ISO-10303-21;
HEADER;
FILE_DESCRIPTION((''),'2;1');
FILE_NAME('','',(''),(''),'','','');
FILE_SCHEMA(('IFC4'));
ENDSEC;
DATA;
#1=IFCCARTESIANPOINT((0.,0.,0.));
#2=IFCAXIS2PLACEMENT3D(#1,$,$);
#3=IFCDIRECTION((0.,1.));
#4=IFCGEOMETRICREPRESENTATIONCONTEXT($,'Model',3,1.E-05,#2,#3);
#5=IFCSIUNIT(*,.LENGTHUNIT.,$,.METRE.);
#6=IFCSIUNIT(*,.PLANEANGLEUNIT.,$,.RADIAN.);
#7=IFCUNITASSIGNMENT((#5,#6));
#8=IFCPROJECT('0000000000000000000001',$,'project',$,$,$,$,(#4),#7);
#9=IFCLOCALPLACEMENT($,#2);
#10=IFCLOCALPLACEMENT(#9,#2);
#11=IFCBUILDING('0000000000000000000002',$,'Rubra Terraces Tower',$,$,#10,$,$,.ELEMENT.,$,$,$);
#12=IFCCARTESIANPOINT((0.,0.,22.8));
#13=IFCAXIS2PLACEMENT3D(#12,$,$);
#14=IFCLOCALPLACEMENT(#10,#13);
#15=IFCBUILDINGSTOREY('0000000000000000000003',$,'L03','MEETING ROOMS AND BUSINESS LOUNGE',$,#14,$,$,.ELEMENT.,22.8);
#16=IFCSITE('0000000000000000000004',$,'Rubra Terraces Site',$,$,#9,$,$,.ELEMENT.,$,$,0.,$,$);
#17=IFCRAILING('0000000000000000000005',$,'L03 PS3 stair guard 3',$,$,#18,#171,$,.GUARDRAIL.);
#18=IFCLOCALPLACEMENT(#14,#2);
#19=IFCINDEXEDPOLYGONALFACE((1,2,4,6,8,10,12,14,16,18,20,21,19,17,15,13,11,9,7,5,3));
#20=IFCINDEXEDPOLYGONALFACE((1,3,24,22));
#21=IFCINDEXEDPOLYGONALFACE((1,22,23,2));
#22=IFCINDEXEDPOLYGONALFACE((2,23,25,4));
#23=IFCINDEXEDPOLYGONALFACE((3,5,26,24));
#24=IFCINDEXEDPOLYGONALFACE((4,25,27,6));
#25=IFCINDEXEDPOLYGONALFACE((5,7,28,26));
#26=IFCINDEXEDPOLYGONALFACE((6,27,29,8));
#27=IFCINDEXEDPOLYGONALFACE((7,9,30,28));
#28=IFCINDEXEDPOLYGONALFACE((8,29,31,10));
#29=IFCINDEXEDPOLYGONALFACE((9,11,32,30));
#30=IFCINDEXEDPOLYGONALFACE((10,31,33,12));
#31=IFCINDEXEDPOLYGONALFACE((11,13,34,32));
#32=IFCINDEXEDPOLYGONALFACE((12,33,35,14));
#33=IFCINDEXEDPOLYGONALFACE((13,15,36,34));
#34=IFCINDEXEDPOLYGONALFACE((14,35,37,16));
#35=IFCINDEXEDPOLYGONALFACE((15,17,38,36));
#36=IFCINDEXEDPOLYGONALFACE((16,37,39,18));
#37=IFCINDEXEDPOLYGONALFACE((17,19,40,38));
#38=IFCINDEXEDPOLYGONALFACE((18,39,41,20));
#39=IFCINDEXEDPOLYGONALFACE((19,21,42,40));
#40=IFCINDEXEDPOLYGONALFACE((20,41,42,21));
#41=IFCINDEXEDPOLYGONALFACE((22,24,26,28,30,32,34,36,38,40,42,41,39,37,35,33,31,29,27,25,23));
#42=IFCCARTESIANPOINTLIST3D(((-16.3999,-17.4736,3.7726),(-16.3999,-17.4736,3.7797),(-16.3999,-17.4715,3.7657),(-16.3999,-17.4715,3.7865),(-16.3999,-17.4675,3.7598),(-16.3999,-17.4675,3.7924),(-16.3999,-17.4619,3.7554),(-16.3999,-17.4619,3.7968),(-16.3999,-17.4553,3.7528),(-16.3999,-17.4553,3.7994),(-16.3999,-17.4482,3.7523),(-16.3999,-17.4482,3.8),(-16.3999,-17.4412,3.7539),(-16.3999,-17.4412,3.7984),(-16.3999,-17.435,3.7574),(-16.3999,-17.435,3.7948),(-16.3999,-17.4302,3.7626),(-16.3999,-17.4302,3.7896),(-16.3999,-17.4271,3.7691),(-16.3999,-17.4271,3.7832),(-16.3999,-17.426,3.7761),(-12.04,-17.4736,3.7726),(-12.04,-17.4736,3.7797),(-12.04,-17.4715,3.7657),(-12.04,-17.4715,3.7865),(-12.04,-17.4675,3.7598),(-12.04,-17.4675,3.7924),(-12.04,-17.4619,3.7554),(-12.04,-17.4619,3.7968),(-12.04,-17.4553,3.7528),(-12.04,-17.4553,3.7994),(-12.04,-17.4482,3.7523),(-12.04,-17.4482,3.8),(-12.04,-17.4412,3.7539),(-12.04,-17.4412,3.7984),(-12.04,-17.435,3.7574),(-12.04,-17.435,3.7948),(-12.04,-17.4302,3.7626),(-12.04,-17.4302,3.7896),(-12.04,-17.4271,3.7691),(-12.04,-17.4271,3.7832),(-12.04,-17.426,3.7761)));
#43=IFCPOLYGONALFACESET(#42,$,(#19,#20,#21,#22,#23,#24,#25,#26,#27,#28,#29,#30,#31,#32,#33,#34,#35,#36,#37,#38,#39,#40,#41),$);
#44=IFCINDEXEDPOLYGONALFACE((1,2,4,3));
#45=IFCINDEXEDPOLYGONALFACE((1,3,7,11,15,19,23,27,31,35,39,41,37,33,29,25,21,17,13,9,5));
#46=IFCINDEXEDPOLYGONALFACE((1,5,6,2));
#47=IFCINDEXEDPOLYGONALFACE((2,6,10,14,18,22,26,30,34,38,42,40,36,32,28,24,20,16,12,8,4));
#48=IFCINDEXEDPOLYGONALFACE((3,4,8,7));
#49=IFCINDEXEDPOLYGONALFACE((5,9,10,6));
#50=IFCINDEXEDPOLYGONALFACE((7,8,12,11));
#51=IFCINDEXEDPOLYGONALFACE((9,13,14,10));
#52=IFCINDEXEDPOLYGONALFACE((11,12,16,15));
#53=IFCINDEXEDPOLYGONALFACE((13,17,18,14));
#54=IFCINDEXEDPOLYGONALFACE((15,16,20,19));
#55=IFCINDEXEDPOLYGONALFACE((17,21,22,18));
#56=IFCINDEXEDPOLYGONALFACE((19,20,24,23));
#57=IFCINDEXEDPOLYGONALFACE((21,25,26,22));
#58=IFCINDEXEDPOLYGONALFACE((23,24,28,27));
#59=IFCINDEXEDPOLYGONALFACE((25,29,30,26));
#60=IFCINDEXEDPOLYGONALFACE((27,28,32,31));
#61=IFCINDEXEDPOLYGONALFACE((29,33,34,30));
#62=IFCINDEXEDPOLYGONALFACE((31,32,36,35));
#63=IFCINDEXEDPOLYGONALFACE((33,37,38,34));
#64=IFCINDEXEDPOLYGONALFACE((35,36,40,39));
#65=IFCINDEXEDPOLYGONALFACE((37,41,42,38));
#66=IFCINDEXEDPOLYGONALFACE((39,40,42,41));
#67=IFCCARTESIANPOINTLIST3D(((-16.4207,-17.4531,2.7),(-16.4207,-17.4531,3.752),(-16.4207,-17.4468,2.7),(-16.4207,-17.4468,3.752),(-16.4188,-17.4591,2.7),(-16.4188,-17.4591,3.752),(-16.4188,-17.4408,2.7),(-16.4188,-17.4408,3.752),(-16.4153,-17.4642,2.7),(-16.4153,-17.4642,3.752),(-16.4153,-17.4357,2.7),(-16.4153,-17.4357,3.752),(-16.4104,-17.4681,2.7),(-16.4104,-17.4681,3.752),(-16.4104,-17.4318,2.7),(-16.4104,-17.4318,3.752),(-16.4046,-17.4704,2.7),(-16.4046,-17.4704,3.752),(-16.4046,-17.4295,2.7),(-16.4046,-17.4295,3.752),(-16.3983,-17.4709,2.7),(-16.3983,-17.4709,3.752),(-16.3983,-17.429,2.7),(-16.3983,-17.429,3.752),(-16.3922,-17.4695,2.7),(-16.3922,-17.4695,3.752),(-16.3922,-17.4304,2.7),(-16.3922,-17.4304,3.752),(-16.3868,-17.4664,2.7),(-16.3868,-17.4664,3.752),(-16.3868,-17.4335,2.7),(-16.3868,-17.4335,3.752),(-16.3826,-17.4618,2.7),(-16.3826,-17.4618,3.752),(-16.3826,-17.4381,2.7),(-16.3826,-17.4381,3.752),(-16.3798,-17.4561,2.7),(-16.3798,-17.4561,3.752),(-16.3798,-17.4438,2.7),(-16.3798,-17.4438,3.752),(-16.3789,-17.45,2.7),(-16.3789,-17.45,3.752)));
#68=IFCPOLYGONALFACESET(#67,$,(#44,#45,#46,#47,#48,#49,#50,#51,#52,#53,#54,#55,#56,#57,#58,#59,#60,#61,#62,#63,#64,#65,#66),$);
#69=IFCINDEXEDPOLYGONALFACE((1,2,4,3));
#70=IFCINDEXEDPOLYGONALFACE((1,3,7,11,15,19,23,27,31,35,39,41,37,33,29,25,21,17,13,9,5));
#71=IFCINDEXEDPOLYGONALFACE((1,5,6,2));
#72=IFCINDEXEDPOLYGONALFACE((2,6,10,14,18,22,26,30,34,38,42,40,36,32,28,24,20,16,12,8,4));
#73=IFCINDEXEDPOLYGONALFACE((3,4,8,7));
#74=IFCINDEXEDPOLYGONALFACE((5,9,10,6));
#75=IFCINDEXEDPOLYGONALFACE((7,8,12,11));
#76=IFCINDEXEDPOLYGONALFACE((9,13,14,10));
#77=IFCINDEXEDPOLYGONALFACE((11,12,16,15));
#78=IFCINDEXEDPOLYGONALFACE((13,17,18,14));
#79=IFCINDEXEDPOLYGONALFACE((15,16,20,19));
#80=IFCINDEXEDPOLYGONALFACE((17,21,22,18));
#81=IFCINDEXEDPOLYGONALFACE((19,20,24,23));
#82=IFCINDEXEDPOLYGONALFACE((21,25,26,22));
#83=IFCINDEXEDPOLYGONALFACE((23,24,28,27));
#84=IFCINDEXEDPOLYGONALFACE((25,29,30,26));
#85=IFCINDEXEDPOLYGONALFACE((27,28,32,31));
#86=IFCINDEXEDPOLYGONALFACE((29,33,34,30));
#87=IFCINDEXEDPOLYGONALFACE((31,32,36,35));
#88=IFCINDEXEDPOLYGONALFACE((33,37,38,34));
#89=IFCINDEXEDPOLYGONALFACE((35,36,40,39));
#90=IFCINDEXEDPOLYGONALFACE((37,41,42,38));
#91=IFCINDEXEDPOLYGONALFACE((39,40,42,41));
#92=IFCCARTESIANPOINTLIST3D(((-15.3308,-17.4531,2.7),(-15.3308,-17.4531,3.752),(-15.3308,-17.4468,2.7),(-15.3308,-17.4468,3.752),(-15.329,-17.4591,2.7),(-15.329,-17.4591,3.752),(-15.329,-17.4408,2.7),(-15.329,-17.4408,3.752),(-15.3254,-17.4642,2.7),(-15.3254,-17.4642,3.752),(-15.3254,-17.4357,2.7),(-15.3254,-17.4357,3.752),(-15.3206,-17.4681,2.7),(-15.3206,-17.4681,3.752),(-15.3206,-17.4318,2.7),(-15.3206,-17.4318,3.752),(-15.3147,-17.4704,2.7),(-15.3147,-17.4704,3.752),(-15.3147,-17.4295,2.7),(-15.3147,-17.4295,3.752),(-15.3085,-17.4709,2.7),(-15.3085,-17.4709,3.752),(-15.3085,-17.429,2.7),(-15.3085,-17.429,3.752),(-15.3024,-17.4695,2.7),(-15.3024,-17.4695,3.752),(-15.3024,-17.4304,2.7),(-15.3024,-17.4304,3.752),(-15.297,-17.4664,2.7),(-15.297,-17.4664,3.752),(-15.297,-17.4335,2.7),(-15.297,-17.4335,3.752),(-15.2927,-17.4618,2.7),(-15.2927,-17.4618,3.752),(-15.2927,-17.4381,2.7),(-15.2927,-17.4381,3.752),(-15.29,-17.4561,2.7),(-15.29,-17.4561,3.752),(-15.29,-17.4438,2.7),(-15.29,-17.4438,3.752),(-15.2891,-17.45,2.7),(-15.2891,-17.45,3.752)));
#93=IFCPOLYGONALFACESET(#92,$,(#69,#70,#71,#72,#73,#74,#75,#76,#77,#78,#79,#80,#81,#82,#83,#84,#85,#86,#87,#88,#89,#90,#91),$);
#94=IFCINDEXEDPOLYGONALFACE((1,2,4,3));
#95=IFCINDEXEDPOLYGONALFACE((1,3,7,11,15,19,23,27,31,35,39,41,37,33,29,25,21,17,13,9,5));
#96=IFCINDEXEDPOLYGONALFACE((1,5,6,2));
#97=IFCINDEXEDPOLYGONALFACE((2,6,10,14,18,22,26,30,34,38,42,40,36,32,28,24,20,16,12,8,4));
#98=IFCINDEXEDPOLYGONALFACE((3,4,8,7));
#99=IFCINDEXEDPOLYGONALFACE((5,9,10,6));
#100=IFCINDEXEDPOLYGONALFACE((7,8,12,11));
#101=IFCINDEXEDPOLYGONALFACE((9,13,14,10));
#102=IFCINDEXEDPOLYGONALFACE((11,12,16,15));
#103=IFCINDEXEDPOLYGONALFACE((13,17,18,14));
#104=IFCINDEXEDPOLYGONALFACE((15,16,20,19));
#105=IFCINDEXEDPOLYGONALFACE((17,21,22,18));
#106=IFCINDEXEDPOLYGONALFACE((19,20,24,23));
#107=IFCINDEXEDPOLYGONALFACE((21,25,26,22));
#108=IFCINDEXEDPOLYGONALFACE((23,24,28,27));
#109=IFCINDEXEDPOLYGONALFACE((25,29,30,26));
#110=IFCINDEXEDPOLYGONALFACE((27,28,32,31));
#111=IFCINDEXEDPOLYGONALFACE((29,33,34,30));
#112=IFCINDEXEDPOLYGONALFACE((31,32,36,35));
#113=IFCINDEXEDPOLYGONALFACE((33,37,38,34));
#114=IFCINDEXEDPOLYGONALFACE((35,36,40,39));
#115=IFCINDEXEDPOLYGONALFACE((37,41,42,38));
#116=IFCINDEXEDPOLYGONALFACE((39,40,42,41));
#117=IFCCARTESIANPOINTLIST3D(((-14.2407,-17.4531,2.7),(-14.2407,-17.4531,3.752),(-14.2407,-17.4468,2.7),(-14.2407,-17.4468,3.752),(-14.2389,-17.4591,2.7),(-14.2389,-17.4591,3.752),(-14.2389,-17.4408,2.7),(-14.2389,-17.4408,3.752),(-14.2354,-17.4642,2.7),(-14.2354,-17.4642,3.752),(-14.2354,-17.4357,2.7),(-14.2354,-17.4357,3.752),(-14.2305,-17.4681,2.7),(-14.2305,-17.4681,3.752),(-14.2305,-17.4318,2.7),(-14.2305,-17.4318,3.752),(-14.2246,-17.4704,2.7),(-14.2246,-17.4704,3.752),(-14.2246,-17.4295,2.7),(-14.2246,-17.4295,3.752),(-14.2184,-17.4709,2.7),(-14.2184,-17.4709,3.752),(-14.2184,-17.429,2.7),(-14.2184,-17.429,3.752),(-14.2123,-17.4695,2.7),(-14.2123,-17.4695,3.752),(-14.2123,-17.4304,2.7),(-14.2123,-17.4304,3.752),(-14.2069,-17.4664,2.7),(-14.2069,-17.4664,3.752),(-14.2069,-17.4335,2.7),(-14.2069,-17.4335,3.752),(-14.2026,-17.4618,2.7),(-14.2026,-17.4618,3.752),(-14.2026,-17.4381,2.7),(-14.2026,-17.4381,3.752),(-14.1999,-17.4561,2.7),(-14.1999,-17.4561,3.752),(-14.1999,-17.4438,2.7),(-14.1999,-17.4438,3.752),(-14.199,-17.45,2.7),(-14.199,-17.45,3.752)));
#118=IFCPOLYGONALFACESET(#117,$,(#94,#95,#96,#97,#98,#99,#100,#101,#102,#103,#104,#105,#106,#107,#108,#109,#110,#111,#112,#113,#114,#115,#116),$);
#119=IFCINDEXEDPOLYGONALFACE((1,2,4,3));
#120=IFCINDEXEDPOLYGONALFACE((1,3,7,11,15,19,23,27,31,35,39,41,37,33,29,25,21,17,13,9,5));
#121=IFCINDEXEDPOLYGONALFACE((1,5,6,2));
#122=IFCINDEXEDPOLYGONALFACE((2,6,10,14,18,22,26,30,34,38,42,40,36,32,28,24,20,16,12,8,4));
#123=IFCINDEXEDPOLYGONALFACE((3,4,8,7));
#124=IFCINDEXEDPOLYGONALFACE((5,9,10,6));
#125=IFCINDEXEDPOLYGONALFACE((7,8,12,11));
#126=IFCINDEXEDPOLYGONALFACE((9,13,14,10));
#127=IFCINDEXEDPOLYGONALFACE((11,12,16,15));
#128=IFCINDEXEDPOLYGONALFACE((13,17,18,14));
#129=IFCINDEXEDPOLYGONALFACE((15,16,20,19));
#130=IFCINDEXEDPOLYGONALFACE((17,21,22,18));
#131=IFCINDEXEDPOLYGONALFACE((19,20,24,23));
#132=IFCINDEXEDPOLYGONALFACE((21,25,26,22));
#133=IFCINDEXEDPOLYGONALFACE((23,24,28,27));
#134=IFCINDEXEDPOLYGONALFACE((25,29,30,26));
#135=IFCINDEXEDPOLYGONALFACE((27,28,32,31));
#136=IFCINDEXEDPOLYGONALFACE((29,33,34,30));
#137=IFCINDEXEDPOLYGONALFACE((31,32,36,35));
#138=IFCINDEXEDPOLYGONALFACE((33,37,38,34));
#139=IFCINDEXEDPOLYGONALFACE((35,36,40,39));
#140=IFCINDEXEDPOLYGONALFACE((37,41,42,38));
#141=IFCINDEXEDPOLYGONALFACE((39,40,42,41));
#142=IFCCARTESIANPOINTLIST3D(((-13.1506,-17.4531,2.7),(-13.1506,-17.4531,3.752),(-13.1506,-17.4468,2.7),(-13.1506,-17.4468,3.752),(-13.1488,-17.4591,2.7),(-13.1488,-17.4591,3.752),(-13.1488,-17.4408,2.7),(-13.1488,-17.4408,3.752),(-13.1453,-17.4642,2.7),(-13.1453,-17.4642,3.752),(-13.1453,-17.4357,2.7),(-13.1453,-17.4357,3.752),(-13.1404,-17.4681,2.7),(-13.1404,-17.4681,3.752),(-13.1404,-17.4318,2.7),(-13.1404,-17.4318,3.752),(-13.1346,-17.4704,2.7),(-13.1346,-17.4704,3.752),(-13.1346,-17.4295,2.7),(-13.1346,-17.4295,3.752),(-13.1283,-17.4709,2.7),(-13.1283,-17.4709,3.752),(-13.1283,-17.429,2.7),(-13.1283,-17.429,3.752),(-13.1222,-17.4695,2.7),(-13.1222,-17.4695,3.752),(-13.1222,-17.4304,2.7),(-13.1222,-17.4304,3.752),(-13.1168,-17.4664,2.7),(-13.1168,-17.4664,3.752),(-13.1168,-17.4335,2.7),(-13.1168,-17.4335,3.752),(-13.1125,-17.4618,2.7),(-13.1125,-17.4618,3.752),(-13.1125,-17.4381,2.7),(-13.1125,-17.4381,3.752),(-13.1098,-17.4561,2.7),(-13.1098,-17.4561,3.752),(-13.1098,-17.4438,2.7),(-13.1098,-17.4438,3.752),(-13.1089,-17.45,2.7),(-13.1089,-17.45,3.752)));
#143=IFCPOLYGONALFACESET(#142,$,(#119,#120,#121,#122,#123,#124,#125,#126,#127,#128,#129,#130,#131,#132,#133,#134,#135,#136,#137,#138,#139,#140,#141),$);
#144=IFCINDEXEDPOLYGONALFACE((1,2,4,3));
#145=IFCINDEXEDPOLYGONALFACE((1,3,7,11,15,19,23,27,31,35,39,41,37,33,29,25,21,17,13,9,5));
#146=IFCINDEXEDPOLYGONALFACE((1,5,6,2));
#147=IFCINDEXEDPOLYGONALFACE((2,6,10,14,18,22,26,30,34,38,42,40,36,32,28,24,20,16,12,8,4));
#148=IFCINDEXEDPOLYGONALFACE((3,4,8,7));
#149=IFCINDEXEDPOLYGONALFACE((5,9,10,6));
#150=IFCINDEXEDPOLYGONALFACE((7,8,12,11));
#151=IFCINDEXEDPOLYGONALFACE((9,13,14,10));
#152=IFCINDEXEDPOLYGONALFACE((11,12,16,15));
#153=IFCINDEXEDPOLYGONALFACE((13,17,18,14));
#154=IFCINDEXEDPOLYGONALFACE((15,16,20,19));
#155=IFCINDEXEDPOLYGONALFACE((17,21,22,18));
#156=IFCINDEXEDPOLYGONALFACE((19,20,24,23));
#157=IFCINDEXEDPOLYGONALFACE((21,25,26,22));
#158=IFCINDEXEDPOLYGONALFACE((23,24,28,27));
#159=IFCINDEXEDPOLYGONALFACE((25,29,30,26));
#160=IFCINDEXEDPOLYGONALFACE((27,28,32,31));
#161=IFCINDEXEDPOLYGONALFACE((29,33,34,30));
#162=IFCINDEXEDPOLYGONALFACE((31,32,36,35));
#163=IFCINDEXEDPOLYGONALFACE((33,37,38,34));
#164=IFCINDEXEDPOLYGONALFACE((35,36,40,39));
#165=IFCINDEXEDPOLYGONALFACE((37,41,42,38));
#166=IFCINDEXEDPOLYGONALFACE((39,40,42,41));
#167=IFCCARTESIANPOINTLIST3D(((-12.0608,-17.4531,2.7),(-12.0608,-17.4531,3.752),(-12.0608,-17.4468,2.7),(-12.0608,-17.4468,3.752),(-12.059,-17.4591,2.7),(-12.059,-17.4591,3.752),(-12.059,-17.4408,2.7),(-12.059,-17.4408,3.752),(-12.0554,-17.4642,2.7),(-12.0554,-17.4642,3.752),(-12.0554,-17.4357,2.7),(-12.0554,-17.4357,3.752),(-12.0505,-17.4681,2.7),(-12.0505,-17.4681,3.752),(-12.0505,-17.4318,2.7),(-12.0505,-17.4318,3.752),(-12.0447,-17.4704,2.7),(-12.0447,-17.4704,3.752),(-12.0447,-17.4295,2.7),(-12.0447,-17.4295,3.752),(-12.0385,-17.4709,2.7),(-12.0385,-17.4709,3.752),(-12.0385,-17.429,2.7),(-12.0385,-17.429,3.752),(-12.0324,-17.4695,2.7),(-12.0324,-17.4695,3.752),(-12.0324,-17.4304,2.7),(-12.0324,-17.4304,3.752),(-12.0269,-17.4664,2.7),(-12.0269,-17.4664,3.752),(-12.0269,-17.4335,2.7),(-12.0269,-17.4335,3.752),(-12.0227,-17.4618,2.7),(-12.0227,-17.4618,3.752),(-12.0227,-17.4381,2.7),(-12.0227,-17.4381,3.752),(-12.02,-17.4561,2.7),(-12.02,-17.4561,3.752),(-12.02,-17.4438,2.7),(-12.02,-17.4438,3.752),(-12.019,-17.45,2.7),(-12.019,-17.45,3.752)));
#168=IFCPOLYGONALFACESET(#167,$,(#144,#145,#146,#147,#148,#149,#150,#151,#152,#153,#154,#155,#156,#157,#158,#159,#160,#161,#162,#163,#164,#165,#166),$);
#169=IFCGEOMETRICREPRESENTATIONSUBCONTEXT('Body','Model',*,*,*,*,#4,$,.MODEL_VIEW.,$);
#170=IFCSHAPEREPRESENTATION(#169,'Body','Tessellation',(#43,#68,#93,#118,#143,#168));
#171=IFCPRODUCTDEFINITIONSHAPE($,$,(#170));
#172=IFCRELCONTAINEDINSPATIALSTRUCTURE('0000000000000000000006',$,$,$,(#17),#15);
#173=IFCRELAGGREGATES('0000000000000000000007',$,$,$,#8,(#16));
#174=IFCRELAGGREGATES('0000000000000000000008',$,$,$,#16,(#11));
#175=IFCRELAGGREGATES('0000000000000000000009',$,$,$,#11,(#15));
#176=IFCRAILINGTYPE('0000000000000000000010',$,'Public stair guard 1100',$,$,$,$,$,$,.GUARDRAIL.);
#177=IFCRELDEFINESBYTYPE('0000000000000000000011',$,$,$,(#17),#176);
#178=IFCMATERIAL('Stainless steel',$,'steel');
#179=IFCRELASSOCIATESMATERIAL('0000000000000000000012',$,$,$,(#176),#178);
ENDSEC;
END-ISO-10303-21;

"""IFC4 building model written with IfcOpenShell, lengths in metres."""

from ifc_helpers import new_model, si_unit, direction, frame, origin, origin_2d, place, context, subcontext, project, spatial, circle, extrude, material, type_object, element, save


model = new_model("IFC4")

# Units and contexts
model_context = context("Model", 3, precision=1e-05, world=origin(), true_north=direction((0.0, 1.0)))
body_context = subcontext(model_context, "Body", "Model", "MODEL_VIEW")
ifc_project = project(units=[si_unit("LENGTHUNIT", "METRE"), si_unit("PLANEANGLEUNIT", "RADIAN")], contexts=[model_context])

# Site, building, storey
site_placement = place(None, origin())
site = spatial("IfcSite", under=ifc_project, at=site_placement, Name="Rubra Terraces Site", CompositionType="ELEMENT", RefElevation=0.0)
building_placement = place(site_placement, origin())
building = spatial("IfcBuilding", under=site, at=building_placement, Name="Rubra Terraces Tower", CompositionType="ELEMENT")
storey_placement = place(building_placement, frame((0.0, 0.0, 22.8)))
storey = spatial("IfcBuildingStorey", under=building, at=storey_placement, Name="L03", Description="MEETING ROOMS AND BUSINESS LOUNGE", CompositionType="ELEMENT", Elevation=22.8)

# Railing
ifc_material_1 = material(Name="Stainless steel", Category="steel")
railing_type_1 = type_object("IfcRailingType", Name="Public stair guard 1100", PredefinedType="GUARDRAIL", material=ifc_material_1)
for number, where, name in (
    (1, (-16.3999, -17.45, 2.7), "L03 PS3 stair guard 3"),
):
    element("IfcRailing", number, at=place(storey_placement, frame(where)), inside=storey, type_object=railing_type_1, Name=name, PredefinedType="GUARDRAIL", context=body_context, shape_type="SweptSolid", body=[
        extrude(circle(Radius=0.0239, at=origin_2d()), frame((0.0, 0.0, 1.0762), z_axis=(1.0, 0.0, 0.0), x_axis=(0.0, 1.0, 0.0)), (0.0, 0.0, 1.0), 4.3599),
        extrude(circle(Radius=0.021, at=origin_2d()), origin(), (0.0, 0.0, 1.0), 1.052),
        extrude(circle(Radius=0.021, at=origin_2d()), frame((1.0898, 0.0, 0.0)), (0.0, 0.0, 1.0), 1.052),
        extrude(circle(Radius=0.021, at=origin_2d()), frame((2.1799, 0.0, 0.0)), (0.0, 0.0, 1.0), 1.052),
        extrude(circle(Radius=0.021, at=origin_2d()), frame((3.27, 0.0, 0.0)), (0.0, 0.0, 1.0), 1.052),
        extrude(circle(Radius=0.021, at=origin_2d()), frame((4.3599, 0.0, 0.0)), (0.0, 0.0, 1.0), 1.052),
    ])

save(model, "model.ifc")
